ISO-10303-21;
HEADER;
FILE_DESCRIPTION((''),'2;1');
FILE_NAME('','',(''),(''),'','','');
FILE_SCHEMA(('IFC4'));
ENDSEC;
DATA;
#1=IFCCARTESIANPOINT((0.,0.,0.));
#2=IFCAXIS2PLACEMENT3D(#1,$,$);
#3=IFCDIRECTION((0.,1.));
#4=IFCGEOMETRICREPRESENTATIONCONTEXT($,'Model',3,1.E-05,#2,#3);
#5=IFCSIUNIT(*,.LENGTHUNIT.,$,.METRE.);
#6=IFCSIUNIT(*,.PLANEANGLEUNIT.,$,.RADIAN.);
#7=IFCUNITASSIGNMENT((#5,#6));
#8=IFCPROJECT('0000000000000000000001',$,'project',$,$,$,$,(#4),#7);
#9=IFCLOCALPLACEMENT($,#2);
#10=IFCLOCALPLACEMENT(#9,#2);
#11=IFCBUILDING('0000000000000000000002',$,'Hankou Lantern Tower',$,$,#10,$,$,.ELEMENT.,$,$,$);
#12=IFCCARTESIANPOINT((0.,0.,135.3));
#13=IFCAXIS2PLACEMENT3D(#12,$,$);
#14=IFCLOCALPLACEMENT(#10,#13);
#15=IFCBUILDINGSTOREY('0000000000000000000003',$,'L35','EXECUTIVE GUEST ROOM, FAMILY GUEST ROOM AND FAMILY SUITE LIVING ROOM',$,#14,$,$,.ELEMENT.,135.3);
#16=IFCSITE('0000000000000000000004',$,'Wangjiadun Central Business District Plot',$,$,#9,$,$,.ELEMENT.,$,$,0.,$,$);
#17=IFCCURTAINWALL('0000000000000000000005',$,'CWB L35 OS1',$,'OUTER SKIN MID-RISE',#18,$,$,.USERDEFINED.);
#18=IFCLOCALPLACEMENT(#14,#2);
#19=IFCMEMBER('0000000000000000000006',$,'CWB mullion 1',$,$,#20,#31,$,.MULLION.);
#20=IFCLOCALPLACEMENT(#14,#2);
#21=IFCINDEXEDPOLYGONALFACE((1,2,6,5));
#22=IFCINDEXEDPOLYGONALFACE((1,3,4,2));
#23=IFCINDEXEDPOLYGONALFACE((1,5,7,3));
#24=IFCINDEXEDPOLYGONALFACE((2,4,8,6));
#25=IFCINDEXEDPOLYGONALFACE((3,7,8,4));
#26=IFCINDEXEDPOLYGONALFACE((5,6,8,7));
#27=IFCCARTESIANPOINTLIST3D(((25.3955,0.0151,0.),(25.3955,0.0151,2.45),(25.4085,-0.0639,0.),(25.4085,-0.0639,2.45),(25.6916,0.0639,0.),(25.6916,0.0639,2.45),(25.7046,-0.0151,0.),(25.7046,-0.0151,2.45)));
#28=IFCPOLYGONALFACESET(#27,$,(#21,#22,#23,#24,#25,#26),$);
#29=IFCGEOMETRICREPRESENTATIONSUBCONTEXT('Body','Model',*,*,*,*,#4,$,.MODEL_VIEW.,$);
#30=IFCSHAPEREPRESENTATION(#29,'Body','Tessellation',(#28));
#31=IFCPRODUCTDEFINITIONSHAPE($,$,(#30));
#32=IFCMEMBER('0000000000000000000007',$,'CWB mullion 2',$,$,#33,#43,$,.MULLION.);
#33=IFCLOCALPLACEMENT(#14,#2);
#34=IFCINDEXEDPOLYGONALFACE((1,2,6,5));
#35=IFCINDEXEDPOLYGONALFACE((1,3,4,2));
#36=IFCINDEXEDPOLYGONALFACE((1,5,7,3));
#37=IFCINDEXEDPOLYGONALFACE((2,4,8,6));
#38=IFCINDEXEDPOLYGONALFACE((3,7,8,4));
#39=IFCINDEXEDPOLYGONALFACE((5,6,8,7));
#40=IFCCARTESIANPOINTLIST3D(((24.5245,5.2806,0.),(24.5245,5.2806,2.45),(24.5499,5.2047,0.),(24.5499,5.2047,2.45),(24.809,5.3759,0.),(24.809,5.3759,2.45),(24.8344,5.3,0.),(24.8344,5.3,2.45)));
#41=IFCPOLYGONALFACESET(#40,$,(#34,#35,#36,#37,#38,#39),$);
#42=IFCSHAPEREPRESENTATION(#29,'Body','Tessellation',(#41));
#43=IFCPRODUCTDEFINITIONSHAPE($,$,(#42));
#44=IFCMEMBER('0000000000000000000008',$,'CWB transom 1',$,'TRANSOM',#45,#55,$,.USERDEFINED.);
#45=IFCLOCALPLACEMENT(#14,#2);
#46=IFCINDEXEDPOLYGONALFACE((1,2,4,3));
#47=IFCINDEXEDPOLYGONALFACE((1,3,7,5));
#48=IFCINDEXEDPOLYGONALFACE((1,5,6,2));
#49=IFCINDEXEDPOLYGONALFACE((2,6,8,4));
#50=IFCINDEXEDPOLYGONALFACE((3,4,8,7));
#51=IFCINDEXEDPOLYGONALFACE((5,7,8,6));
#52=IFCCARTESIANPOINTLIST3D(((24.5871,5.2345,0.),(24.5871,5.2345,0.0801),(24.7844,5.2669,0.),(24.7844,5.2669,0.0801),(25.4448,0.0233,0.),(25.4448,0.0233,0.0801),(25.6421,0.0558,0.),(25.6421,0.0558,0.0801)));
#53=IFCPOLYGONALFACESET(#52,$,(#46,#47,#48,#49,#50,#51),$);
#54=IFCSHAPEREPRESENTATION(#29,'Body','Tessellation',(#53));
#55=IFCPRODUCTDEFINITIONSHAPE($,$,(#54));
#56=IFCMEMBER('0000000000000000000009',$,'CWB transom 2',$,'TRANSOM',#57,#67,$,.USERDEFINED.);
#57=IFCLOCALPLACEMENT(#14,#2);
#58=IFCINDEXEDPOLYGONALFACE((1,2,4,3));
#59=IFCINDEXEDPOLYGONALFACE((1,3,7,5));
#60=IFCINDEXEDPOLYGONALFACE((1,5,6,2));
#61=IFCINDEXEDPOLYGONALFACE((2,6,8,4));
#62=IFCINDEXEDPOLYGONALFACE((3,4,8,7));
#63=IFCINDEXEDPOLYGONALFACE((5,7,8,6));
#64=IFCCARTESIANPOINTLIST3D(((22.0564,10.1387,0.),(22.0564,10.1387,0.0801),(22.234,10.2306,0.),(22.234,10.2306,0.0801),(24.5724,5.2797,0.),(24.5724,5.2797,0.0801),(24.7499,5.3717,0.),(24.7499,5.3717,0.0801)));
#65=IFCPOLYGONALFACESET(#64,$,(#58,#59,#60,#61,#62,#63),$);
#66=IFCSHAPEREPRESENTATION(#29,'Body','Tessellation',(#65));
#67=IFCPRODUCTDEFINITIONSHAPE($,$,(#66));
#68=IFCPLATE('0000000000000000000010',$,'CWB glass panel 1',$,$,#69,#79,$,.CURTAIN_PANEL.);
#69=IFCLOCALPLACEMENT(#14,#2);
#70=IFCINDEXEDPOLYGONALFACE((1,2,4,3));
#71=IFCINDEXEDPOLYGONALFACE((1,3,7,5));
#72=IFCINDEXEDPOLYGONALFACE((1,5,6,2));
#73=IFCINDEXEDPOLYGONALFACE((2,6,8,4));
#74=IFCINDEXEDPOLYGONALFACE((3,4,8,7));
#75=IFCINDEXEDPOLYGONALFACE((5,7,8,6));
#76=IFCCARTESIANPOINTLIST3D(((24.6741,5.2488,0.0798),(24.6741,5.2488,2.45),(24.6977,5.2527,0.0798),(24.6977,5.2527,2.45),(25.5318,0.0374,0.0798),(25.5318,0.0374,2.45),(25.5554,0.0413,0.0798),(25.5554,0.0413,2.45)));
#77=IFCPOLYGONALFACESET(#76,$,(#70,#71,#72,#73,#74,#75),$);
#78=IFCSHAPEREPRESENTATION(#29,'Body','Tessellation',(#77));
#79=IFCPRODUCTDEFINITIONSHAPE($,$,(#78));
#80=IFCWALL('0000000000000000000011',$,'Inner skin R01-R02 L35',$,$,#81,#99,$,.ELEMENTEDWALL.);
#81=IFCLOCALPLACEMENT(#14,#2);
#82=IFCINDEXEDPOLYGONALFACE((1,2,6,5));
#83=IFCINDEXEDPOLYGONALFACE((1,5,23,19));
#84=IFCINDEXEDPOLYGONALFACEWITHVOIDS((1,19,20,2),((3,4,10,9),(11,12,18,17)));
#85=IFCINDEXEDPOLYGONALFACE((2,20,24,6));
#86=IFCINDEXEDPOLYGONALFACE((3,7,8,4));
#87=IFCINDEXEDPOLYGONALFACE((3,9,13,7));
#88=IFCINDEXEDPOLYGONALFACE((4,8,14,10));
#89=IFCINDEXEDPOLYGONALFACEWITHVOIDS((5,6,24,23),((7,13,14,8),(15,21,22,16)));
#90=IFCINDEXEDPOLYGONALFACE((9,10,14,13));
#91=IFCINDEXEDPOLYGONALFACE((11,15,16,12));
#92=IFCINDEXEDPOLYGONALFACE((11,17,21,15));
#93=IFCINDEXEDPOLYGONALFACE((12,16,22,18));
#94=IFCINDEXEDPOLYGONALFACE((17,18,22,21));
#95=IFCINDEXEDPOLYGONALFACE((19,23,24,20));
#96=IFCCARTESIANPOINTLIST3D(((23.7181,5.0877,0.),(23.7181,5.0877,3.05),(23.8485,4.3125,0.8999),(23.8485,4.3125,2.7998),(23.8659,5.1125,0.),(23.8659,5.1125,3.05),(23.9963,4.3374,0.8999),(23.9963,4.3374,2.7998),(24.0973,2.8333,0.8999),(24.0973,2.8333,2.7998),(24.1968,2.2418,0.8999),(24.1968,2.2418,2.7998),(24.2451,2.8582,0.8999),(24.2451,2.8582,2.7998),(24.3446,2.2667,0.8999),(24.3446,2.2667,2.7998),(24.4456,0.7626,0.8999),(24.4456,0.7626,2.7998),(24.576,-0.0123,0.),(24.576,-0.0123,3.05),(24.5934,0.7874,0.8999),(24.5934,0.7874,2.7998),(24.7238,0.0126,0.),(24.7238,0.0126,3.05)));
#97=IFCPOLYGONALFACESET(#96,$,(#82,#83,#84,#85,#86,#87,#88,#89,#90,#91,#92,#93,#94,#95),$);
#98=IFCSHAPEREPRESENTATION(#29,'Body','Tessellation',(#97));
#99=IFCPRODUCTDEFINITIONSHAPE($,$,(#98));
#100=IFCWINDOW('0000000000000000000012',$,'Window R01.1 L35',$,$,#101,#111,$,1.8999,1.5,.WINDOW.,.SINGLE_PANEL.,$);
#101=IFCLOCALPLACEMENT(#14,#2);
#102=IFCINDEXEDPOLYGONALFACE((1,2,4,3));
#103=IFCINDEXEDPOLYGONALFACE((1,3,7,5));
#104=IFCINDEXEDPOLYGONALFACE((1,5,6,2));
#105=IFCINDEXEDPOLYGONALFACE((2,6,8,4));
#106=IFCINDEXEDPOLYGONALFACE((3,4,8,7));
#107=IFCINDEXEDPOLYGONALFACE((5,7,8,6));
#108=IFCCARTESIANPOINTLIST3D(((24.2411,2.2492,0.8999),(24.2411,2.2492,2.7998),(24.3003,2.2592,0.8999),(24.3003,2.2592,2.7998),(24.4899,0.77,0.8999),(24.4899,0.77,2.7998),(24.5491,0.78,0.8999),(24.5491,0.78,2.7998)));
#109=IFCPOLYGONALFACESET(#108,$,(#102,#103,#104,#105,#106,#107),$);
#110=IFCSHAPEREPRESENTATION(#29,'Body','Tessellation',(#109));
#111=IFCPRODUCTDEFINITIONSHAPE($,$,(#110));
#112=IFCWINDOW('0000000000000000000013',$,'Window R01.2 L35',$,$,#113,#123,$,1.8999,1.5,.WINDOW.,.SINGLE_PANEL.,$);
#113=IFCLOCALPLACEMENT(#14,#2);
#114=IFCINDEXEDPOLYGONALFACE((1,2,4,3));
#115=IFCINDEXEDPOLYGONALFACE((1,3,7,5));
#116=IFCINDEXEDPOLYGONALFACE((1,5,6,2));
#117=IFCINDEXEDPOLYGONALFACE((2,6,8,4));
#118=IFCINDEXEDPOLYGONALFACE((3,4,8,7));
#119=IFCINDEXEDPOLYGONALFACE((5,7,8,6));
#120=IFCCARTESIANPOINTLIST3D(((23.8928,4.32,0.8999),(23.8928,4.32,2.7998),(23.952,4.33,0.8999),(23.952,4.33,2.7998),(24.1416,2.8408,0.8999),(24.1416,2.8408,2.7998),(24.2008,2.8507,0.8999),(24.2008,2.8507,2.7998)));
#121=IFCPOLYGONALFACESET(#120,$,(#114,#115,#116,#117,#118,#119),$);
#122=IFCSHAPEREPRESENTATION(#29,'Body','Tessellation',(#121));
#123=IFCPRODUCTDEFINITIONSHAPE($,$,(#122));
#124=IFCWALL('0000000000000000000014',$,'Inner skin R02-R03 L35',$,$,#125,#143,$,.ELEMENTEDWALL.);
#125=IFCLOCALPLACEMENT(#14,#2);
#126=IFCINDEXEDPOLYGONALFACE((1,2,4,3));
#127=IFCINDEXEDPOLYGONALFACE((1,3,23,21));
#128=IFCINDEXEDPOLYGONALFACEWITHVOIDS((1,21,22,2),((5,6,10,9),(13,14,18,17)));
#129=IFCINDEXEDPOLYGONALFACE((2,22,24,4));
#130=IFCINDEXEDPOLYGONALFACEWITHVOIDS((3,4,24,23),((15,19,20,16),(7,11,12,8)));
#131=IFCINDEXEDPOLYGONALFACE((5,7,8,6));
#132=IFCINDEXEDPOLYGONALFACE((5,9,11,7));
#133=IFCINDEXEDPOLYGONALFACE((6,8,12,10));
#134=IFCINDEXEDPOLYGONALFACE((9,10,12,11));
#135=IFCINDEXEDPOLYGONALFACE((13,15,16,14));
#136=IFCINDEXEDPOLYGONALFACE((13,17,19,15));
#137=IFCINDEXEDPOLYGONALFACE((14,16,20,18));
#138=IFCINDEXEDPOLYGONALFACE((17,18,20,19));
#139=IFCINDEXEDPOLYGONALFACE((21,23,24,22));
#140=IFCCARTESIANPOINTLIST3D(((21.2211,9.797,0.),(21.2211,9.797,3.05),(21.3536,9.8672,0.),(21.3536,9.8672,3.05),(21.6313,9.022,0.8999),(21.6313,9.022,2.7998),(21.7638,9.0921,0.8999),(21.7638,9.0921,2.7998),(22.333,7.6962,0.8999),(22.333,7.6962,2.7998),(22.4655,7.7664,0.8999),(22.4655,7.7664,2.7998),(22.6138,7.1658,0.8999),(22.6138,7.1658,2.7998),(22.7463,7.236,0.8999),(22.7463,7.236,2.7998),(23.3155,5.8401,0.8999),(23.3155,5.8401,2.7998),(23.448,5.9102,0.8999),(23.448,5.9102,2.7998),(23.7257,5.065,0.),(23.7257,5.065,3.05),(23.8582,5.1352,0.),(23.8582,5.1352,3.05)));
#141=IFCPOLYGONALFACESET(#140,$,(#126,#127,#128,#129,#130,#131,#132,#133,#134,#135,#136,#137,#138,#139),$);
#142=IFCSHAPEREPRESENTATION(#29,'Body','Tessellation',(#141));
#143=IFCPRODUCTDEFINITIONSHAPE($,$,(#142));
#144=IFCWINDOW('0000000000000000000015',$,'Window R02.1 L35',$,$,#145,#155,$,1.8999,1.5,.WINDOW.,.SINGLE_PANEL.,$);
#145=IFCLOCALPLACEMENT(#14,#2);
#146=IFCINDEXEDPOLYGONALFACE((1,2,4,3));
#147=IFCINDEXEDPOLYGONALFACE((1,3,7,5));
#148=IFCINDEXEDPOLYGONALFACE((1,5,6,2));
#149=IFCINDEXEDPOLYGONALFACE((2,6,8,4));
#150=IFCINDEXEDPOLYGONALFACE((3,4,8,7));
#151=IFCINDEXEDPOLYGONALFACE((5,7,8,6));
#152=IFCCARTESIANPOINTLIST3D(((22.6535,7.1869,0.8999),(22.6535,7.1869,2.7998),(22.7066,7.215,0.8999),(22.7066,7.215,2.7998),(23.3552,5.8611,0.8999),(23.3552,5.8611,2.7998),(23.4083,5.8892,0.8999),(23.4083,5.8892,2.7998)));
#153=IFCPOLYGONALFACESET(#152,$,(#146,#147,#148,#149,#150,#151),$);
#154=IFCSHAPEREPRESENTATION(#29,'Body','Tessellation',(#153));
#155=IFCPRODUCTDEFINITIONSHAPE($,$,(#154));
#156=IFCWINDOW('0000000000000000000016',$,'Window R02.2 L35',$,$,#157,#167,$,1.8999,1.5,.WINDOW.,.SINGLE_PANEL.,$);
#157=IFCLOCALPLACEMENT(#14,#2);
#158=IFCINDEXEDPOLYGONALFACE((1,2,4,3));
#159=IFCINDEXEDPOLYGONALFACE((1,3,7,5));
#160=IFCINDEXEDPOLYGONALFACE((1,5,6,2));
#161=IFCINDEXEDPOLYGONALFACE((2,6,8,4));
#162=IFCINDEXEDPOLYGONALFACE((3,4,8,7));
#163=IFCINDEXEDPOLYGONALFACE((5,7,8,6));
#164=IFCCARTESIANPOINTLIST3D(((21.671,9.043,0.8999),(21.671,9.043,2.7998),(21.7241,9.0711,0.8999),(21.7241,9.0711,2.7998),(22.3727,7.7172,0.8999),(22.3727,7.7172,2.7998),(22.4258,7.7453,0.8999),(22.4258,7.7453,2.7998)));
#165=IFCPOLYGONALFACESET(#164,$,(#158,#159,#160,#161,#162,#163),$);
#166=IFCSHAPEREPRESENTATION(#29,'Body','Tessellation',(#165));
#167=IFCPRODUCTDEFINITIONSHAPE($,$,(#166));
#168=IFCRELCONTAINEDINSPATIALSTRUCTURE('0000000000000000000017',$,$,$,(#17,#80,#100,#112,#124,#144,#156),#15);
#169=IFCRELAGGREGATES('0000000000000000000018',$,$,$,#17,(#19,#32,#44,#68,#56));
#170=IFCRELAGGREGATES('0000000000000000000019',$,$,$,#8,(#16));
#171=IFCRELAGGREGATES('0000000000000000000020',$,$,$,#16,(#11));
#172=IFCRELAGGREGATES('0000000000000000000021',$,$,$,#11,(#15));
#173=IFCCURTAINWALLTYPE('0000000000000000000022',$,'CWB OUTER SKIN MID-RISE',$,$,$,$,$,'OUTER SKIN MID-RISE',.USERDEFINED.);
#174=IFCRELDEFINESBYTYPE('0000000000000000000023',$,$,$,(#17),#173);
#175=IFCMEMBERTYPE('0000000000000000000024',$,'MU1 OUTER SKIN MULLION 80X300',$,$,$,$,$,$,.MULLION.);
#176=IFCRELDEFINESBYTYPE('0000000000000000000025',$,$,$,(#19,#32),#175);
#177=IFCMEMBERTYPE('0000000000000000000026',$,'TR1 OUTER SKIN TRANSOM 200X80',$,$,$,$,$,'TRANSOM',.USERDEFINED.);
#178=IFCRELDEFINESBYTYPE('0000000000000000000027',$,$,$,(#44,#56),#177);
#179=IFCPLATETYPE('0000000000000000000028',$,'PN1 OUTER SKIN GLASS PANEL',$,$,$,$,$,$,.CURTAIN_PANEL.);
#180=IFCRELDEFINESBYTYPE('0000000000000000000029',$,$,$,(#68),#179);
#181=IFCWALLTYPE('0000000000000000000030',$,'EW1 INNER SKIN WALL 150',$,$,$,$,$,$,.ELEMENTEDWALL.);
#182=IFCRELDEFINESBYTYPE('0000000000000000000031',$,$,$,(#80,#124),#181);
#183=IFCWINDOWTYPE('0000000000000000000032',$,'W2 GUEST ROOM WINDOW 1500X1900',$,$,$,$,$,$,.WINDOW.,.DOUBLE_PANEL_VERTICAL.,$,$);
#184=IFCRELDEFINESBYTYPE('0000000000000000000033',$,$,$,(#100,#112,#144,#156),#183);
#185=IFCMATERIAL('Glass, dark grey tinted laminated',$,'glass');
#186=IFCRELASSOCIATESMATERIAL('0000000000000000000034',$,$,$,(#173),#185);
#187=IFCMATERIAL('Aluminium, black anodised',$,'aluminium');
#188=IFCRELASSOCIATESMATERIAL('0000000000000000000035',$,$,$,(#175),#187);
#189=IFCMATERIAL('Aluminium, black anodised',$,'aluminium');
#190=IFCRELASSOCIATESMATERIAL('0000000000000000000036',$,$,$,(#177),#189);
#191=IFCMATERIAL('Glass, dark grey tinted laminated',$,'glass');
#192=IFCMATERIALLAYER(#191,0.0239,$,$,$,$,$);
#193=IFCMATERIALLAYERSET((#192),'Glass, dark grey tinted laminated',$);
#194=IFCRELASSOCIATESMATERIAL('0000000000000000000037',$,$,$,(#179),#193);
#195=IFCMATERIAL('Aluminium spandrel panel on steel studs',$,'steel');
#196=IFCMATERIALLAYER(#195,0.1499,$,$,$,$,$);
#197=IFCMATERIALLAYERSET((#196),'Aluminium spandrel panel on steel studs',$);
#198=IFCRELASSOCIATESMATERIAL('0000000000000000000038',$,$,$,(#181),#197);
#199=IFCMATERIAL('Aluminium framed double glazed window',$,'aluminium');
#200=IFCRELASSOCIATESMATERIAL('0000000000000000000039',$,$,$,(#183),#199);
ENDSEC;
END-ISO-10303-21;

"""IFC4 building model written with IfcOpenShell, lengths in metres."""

from ifc_helpers import new_model, si_unit, direction, frame, frame_2d, origin, origin_2d, place, context, subcontext, project, spatial, rectangle, extrude, material, layer, layer_set, material_profile, profile_set, type_object, element, fill, aggregate, save


model = new_model("IFC4")

# Units and contexts
model_context = context("Model", 3, precision=1e-05, world=origin(), true_north=direction((0.0, 1.0)))
body_context = subcontext(model_context, "Body", "Model", "MODEL_VIEW")
ifc_project = project(units=[si_unit("LENGTHUNIT", "METRE"), si_unit("PLANEANGLEUNIT", "RADIAN")], contexts=[model_context])

# Site, building, storey
site_placement = place(None, origin())
site = spatial("IfcSite", under=ifc_project, at=site_placement, Name="Wangjiadun Central Business District Plot", CompositionType="ELEMENT", RefElevation=0.0)
building_placement = place(site_placement, origin())
building = spatial("IfcBuilding", under=site, at=building_placement, Name="Hankou Lantern Tower", CompositionType="ELEMENT")
storey_placement = place(building_placement, frame((0.0, 0.0, 135.3)))
storey = spatial("IfcBuildingStorey", under=building, at=storey_placement, Name="L35", Description="EXECUTIVE GUEST ROOM, FAMILY GUEST ROOM AND FAMILY SUITE LIVING ROOM", CompositionType="ELEMENT", Elevation=135.3)

# Curtain wall, members, plate
ifc_material_1 = material(Name="Glass, dark grey tinted laminated", Category="glass")
curtain_wall_type = type_object("IfcCurtainWallType", Name="CWB OUTER SKIN MID-RISE", ElementType="OUTER SKIN MID-RISE", PredefinedType="USERDEFINED", material=ifc_material_1)
curtain_wall_placement = place(storey_placement, origin())
curtain_wall = element("IfcCurtainWall", 1, at=curtain_wall_placement, inside=storey, type_object=curtain_wall_type, Name="CWB L35 OS1", ObjectType="OUTER SKIN MID-RISE", PredefinedType="USERDEFINED")
ifc_material_2 = material(Name="Aluminium, black anodised", Category="aluminium")
ifc_material_profile_1 = material_profile(ifc_material_2, rectangle(XDim=0.0801, YDim=0.3, at=origin_2d()), Name="MU1 80X300")
ifc_profile_set_1 = profile_set([ifc_material_profile_1], Name="Aluminium, black anodised")
member_type_1 = type_object("IfcMemberType", Name="MU1 OUTER SKIN MULLION 80X300", PredefinedType="MULLION", material=ifc_profile_set_1)
member_1_placement = place(storey_placement, frame((25.55, 0.0, 0.0), z_axis=(0.0, 0.0, 1.0), x_axis=(-0.162382, 0.986728, 0.0)))
member_1 = element("IfcMember", 2, at=member_1_placement, type_object=member_type_1, Name="CWB mullion 1", PredefinedType="MULLION", context=body_context, shape_type="SweptSolid", body=[
    extrude(rectangle(XDim=0.0801, YDim=0.3, at=origin_2d()), origin(), (0.0, 0.0, 1.0), 2.45),
])
member_2_placement = place(storey_placement, frame((24.6794, 5.2903, 0.0), z_axis=(0.0, 0.0, 1.0), x_axis=(-0.317596, 0.948226, 0.0)))
member_2 = element("IfcMember", 3, at=member_2_placement, type_object=member_type_1, Name="CWB mullion 2", PredefinedType="MULLION", context=body_context, shape_type="SweptSolid", body=[
    extrude(rectangle(XDim=0.0801, YDim=0.3, at=origin_2d()), origin(), (0.0, 0.0, 1.0), 2.45),
])
ifc_material_3 = material(Name="Aluminium, black anodised", Category="aluminium")
ifc_material_profile_2 = material_profile(ifc_material_3, rectangle(XDim=0.2, YDim=0.0801, at=origin_2d()), Name="TR1 200X80")
ifc_profile_set_2 = profile_set([ifc_material_profile_2], Name="Aluminium, black anodised")
member_type_2 = type_object("IfcMemberType", Name="TR1 OUTER SKIN TRANSOM 200X80", ElementType="TRANSOM", PredefinedType="USERDEFINED", material=ifc_profile_set_2)
member_3_placement = place(storey_placement, frame((25.5435, 0.0396, 0.04), z_axis=(-0.162397, 0.986725, 0.0), x_axis=(-0.986725, -0.162397, 0.0)))
member_3 = element("IfcMember", 4, at=member_3_placement, type_object=member_type_2, Name="CWB transom 1", ObjectType="TRANSOM", PredefinedType="USERDEFINED", context=body_context, shape_type="SweptSolid", body=[
    extrude(rectangle(XDim=0.2, YDim=0.0801, at=origin_2d()), origin(), (0.0, 0.0, 1.0), 5.2812),
])
member_4_placement = place(storey_placement, frame((24.6611, 5.3257, 0.04), z_axis=(-0.459805, 0.88802, 0.0), x_axis=(-0.88802, -0.459805, 0.0)))
member_4 = element("IfcMember", 5, at=member_4_placement, type_object=member_type_2, Name="CWB transom 2", ObjectType="TRANSOM", PredefinedType="USERDEFINED", context=body_context, shape_type="SweptSolid", body=[
    extrude(rectangle(XDim=0.2, YDim=0.0801, at=origin_2d()), origin(), (0.0, 0.0, 1.0), 5.4717),
])
ifc_material_4 = material(Name="Glass, dark grey tinted laminated", Category="glass")
ifc_layer_1 = layer(ifc_material_4, 0.0239)
ifc_layer_set_1 = layer_set([ifc_layer_1], Name="Glass, dark grey tinted laminated")
plate_type = type_object("IfcPlateType", Name="PN1 OUTER SKIN GLASS PANEL", PredefinedType="CURTAIN_PANEL", material=ifc_layer_set_1)
plate_placement = place(storey_placement, frame((25.1147, 2.645, 0.0798), z_axis=(0.0, 0.0, 1.0), x_axis=(-0.162382, 0.986728, 0.0)))
plate = element("IfcPlate", 6, at=plate_placement, type_object=plate_type, Name="CWB glass panel 1", PredefinedType="CURTAIN_PANEL", context=body_context, shape_type="SweptSolid", body=[
    extrude(rectangle(XDim=5.2815, YDim=0.0239, at=origin_2d()), origin(), (0.0, 0.0, 1.0), 2.3701),
])
aggregate(curtain_wall, [member_1, member_2, member_3, plate, member_4])

# Walls, openings, windows
ifc_material_5 = material(Name="Aluminium spandrel panel on steel studs", Category="steel")
ifc_layer_2 = layer(ifc_material_5, 0.1499)
ifc_layer_set_2 = layer_set([ifc_layer_2], Name="Aluminium spandrel panel on steel studs")
wall_type_1 = type_object("IfcWallType", Name="EW1 INNER SKIN WALL 150", PredefinedType="ELEMENTEDWALL", material=ifc_layer_set_2)
wall_1_placement = place(storey_placement, frame((24.6499, 0.0, 0.0), z_axis=(0.0, 0.0, 1.0), x_axis=(-0.165884, 0.986145, 0.0)))
wall_1 = element("IfcWall", 7, at=wall_1_placement, inside=storey, type_object=wall_type_1, Name="Inner skin R01-R02 L35", PredefinedType="ELEMENTEDWALL", context=body_context, shape_type="SweptSolid", body=[
    extrude(rectangle(XDim=5.1716, YDim=0.1499, at=frame_2d((2.5859, 0.0))), origin(), (0.0, 0.0, 1.0), 3.05),
])
opening_1_placement = place(wall_1_placement, frame((0.7859, 0.0, 0.8999)))
opening_1 = element("IfcOpeningElement", 8, at=opening_1_placement, cuts=wall_1, PredefinedType="OPENING", context=body_context, shape_type="SweptSolid", body=[
    extrude(rectangle(XDim=1.5, YDim=1.8999, at=frame_2d((0.75, 0.95))), frame((0.0, 0.085, 0.0), z_axis=(0.0, -1.0, 0.0), x_axis=(1.0, 0.0, 0.0)), (0.0, 0.0, 1.0), 0.1699),
])
opening_2_placement = place(wall_1_placement, frame((2.8857, 0.0, 0.8999)))
opening_2 = element("IfcOpeningElement", 9, at=opening_2_placement, cuts=wall_1, PredefinedType="OPENING", context=body_context, shape_type="SweptSolid", body=[
    extrude(rectangle(XDim=1.5, YDim=1.8999, at=frame_2d((0.75, 0.95))), frame((0.0, 0.085, 0.0), z_axis=(0.0, -1.0, 0.0), x_axis=(1.0, 0.0, 0.0)), (0.0, 0.0, 1.0), 0.1699),
])
ifc_material_6 = material(Name="Aluminium framed double glazed window", Category="aluminium")
window_type = type_object("IfcWindowType", Name="W2 GUEST ROOM WINDOW 1500X1900", PartitioningType="DOUBLE_PANEL_VERTICAL", PredefinedType="WINDOW", material=ifc_material_6)
window_1_placement = place(opening_1_placement, origin())
window_1 = element("IfcWindow", 10, at=window_1_placement, inside=storey, type_object=window_type, Name="Window R01.1 L35", OverallHeight=1.8999, OverallWidth=1.5, PartitioningType="SINGLE_PANEL", PredefinedType="WINDOW", context=body_context, shape_type="SweptSolid", body=[
    extrude(rectangle(XDim=1.5, YDim=1.8999, at=frame_2d((0.75, 0.95))), frame((0.0, 0.03, 0.0), z_axis=(0.0, -1.0, 0.0), x_axis=(1.0, 0.0, 0.0)), (0.0, 0.0, 1.0), 0.0601),
])
fill(opening_1, window_1)
window_2_placement = place(opening_2_placement, origin())
window_2 = element("IfcWindow", 11, at=window_2_placement, inside=storey, type_object=window_type, Name="Window R01.2 L35", OverallHeight=1.8999, OverallWidth=1.5, PartitioningType="SINGLE_PANEL", PredefinedType="WINDOW", context=body_context, shape_type="SweptSolid", body=[
    extrude(rectangle(XDim=1.5, YDim=1.8999, at=frame_2d((0.75, 0.95))), frame((0.0, 0.03, 0.0), z_axis=(0.0, -1.0, 0.0), x_axis=(1.0, 0.0, 0.0)), (0.0, 0.0, 1.0), 0.0601),
])
fill(opening_2, window_2)
wall_2_placement = place(storey_placement, frame((23.792, 5.1001, 0.0), z_axis=(0.0, 0.0, 1.0), x_axis=(-0.467814, 0.883827, 0.0)))
wall_2 = element("IfcWall", 12, at=wall_2_placement, inside=storey, type_object=wall_type_1, Name="Inner skin R02-R03 L35", PredefinedType="ELEMENTEDWALL", context=body_context, shape_type="SweptSolid", body=[
    extrude(rectangle(XDim=5.354, YDim=0.1499, at=frame_2d((2.677, 0.0))), origin(), (0.0, 0.0, 1.0), 3.05),
])
opening_3_placement = place(wall_2_placement, frame((0.877, 0.0, 0.8999)))
opening_3 = element("IfcOpeningElement", 13, at=opening_3_placement, cuts=wall_2, PredefinedType="OPENING", context=body_context, shape_type="SweptSolid", body=[
    extrude(rectangle(XDim=1.5, YDim=1.8999, at=frame_2d((0.75, 0.95))), frame((0.0, 0.085, 0.0), z_axis=(0.0, -1.0, 0.0), x_axis=(1.0, 0.0, 0.0)), (0.0, 0.0, 1.0), 0.1699),
])
opening_4_placement = place(wall_2_placement, frame((2.9771, 0.0, 0.8999)))
opening_4 = element("IfcOpeningElement", 14, at=opening_4_placement, cuts=wall_2, PredefinedType="OPENING", context=body_context, shape_type="SweptSolid", body=[
    extrude(rectangle(XDim=1.5, YDim=1.8999, at=frame_2d((0.75, 0.95))), frame((0.0, 0.085, 0.0), z_axis=(0.0, -1.0, 0.0), x_axis=(1.0, 0.0, 0.0)), (0.0, 0.0, 1.0), 0.1699),
])
window_3_placement = place(opening_3_placement, origin())
window_3 = element("IfcWindow", 15, at=window_3_placement, inside=storey, type_object=window_type, Name="Window R02.1 L35", OverallHeight=1.8999, OverallWidth=1.5, PartitioningType="SINGLE_PANEL", PredefinedType="WINDOW", context=body_context, shape_type="SweptSolid", body=[
    extrude(rectangle(XDim=1.5, YDim=1.8999, at=frame_2d((0.75, 0.95))), frame((0.0, 0.03, 0.0), z_axis=(0.0, -1.0, 0.0), x_axis=(1.0, 0.0, 0.0)), (0.0, 0.0, 1.0), 0.0601),
])
fill(opening_3, window_3)
window_4_placement = place(opening_4_placement, origin())
window_4 = element("IfcWindow", 16, at=window_4_placement, inside=storey, type_object=window_type, Name="Window R02.2 L35", OverallHeight=1.8999, OverallWidth=1.5, PartitioningType="SINGLE_PANEL", PredefinedType="WINDOW", context=body_context, shape_type="SweptSolid", body=[
    extrude(rectangle(XDim=1.5, YDim=1.8999, at=frame_2d((0.75, 0.95))), frame((0.0, 0.03, 0.0), z_axis=(0.0, -1.0, 0.0), x_axis=(1.0, 0.0, 0.0)), (0.0, 0.0, 1.0), 0.0601),
])
fill(opening_4, window_4)

save(model, "model.ifc")
